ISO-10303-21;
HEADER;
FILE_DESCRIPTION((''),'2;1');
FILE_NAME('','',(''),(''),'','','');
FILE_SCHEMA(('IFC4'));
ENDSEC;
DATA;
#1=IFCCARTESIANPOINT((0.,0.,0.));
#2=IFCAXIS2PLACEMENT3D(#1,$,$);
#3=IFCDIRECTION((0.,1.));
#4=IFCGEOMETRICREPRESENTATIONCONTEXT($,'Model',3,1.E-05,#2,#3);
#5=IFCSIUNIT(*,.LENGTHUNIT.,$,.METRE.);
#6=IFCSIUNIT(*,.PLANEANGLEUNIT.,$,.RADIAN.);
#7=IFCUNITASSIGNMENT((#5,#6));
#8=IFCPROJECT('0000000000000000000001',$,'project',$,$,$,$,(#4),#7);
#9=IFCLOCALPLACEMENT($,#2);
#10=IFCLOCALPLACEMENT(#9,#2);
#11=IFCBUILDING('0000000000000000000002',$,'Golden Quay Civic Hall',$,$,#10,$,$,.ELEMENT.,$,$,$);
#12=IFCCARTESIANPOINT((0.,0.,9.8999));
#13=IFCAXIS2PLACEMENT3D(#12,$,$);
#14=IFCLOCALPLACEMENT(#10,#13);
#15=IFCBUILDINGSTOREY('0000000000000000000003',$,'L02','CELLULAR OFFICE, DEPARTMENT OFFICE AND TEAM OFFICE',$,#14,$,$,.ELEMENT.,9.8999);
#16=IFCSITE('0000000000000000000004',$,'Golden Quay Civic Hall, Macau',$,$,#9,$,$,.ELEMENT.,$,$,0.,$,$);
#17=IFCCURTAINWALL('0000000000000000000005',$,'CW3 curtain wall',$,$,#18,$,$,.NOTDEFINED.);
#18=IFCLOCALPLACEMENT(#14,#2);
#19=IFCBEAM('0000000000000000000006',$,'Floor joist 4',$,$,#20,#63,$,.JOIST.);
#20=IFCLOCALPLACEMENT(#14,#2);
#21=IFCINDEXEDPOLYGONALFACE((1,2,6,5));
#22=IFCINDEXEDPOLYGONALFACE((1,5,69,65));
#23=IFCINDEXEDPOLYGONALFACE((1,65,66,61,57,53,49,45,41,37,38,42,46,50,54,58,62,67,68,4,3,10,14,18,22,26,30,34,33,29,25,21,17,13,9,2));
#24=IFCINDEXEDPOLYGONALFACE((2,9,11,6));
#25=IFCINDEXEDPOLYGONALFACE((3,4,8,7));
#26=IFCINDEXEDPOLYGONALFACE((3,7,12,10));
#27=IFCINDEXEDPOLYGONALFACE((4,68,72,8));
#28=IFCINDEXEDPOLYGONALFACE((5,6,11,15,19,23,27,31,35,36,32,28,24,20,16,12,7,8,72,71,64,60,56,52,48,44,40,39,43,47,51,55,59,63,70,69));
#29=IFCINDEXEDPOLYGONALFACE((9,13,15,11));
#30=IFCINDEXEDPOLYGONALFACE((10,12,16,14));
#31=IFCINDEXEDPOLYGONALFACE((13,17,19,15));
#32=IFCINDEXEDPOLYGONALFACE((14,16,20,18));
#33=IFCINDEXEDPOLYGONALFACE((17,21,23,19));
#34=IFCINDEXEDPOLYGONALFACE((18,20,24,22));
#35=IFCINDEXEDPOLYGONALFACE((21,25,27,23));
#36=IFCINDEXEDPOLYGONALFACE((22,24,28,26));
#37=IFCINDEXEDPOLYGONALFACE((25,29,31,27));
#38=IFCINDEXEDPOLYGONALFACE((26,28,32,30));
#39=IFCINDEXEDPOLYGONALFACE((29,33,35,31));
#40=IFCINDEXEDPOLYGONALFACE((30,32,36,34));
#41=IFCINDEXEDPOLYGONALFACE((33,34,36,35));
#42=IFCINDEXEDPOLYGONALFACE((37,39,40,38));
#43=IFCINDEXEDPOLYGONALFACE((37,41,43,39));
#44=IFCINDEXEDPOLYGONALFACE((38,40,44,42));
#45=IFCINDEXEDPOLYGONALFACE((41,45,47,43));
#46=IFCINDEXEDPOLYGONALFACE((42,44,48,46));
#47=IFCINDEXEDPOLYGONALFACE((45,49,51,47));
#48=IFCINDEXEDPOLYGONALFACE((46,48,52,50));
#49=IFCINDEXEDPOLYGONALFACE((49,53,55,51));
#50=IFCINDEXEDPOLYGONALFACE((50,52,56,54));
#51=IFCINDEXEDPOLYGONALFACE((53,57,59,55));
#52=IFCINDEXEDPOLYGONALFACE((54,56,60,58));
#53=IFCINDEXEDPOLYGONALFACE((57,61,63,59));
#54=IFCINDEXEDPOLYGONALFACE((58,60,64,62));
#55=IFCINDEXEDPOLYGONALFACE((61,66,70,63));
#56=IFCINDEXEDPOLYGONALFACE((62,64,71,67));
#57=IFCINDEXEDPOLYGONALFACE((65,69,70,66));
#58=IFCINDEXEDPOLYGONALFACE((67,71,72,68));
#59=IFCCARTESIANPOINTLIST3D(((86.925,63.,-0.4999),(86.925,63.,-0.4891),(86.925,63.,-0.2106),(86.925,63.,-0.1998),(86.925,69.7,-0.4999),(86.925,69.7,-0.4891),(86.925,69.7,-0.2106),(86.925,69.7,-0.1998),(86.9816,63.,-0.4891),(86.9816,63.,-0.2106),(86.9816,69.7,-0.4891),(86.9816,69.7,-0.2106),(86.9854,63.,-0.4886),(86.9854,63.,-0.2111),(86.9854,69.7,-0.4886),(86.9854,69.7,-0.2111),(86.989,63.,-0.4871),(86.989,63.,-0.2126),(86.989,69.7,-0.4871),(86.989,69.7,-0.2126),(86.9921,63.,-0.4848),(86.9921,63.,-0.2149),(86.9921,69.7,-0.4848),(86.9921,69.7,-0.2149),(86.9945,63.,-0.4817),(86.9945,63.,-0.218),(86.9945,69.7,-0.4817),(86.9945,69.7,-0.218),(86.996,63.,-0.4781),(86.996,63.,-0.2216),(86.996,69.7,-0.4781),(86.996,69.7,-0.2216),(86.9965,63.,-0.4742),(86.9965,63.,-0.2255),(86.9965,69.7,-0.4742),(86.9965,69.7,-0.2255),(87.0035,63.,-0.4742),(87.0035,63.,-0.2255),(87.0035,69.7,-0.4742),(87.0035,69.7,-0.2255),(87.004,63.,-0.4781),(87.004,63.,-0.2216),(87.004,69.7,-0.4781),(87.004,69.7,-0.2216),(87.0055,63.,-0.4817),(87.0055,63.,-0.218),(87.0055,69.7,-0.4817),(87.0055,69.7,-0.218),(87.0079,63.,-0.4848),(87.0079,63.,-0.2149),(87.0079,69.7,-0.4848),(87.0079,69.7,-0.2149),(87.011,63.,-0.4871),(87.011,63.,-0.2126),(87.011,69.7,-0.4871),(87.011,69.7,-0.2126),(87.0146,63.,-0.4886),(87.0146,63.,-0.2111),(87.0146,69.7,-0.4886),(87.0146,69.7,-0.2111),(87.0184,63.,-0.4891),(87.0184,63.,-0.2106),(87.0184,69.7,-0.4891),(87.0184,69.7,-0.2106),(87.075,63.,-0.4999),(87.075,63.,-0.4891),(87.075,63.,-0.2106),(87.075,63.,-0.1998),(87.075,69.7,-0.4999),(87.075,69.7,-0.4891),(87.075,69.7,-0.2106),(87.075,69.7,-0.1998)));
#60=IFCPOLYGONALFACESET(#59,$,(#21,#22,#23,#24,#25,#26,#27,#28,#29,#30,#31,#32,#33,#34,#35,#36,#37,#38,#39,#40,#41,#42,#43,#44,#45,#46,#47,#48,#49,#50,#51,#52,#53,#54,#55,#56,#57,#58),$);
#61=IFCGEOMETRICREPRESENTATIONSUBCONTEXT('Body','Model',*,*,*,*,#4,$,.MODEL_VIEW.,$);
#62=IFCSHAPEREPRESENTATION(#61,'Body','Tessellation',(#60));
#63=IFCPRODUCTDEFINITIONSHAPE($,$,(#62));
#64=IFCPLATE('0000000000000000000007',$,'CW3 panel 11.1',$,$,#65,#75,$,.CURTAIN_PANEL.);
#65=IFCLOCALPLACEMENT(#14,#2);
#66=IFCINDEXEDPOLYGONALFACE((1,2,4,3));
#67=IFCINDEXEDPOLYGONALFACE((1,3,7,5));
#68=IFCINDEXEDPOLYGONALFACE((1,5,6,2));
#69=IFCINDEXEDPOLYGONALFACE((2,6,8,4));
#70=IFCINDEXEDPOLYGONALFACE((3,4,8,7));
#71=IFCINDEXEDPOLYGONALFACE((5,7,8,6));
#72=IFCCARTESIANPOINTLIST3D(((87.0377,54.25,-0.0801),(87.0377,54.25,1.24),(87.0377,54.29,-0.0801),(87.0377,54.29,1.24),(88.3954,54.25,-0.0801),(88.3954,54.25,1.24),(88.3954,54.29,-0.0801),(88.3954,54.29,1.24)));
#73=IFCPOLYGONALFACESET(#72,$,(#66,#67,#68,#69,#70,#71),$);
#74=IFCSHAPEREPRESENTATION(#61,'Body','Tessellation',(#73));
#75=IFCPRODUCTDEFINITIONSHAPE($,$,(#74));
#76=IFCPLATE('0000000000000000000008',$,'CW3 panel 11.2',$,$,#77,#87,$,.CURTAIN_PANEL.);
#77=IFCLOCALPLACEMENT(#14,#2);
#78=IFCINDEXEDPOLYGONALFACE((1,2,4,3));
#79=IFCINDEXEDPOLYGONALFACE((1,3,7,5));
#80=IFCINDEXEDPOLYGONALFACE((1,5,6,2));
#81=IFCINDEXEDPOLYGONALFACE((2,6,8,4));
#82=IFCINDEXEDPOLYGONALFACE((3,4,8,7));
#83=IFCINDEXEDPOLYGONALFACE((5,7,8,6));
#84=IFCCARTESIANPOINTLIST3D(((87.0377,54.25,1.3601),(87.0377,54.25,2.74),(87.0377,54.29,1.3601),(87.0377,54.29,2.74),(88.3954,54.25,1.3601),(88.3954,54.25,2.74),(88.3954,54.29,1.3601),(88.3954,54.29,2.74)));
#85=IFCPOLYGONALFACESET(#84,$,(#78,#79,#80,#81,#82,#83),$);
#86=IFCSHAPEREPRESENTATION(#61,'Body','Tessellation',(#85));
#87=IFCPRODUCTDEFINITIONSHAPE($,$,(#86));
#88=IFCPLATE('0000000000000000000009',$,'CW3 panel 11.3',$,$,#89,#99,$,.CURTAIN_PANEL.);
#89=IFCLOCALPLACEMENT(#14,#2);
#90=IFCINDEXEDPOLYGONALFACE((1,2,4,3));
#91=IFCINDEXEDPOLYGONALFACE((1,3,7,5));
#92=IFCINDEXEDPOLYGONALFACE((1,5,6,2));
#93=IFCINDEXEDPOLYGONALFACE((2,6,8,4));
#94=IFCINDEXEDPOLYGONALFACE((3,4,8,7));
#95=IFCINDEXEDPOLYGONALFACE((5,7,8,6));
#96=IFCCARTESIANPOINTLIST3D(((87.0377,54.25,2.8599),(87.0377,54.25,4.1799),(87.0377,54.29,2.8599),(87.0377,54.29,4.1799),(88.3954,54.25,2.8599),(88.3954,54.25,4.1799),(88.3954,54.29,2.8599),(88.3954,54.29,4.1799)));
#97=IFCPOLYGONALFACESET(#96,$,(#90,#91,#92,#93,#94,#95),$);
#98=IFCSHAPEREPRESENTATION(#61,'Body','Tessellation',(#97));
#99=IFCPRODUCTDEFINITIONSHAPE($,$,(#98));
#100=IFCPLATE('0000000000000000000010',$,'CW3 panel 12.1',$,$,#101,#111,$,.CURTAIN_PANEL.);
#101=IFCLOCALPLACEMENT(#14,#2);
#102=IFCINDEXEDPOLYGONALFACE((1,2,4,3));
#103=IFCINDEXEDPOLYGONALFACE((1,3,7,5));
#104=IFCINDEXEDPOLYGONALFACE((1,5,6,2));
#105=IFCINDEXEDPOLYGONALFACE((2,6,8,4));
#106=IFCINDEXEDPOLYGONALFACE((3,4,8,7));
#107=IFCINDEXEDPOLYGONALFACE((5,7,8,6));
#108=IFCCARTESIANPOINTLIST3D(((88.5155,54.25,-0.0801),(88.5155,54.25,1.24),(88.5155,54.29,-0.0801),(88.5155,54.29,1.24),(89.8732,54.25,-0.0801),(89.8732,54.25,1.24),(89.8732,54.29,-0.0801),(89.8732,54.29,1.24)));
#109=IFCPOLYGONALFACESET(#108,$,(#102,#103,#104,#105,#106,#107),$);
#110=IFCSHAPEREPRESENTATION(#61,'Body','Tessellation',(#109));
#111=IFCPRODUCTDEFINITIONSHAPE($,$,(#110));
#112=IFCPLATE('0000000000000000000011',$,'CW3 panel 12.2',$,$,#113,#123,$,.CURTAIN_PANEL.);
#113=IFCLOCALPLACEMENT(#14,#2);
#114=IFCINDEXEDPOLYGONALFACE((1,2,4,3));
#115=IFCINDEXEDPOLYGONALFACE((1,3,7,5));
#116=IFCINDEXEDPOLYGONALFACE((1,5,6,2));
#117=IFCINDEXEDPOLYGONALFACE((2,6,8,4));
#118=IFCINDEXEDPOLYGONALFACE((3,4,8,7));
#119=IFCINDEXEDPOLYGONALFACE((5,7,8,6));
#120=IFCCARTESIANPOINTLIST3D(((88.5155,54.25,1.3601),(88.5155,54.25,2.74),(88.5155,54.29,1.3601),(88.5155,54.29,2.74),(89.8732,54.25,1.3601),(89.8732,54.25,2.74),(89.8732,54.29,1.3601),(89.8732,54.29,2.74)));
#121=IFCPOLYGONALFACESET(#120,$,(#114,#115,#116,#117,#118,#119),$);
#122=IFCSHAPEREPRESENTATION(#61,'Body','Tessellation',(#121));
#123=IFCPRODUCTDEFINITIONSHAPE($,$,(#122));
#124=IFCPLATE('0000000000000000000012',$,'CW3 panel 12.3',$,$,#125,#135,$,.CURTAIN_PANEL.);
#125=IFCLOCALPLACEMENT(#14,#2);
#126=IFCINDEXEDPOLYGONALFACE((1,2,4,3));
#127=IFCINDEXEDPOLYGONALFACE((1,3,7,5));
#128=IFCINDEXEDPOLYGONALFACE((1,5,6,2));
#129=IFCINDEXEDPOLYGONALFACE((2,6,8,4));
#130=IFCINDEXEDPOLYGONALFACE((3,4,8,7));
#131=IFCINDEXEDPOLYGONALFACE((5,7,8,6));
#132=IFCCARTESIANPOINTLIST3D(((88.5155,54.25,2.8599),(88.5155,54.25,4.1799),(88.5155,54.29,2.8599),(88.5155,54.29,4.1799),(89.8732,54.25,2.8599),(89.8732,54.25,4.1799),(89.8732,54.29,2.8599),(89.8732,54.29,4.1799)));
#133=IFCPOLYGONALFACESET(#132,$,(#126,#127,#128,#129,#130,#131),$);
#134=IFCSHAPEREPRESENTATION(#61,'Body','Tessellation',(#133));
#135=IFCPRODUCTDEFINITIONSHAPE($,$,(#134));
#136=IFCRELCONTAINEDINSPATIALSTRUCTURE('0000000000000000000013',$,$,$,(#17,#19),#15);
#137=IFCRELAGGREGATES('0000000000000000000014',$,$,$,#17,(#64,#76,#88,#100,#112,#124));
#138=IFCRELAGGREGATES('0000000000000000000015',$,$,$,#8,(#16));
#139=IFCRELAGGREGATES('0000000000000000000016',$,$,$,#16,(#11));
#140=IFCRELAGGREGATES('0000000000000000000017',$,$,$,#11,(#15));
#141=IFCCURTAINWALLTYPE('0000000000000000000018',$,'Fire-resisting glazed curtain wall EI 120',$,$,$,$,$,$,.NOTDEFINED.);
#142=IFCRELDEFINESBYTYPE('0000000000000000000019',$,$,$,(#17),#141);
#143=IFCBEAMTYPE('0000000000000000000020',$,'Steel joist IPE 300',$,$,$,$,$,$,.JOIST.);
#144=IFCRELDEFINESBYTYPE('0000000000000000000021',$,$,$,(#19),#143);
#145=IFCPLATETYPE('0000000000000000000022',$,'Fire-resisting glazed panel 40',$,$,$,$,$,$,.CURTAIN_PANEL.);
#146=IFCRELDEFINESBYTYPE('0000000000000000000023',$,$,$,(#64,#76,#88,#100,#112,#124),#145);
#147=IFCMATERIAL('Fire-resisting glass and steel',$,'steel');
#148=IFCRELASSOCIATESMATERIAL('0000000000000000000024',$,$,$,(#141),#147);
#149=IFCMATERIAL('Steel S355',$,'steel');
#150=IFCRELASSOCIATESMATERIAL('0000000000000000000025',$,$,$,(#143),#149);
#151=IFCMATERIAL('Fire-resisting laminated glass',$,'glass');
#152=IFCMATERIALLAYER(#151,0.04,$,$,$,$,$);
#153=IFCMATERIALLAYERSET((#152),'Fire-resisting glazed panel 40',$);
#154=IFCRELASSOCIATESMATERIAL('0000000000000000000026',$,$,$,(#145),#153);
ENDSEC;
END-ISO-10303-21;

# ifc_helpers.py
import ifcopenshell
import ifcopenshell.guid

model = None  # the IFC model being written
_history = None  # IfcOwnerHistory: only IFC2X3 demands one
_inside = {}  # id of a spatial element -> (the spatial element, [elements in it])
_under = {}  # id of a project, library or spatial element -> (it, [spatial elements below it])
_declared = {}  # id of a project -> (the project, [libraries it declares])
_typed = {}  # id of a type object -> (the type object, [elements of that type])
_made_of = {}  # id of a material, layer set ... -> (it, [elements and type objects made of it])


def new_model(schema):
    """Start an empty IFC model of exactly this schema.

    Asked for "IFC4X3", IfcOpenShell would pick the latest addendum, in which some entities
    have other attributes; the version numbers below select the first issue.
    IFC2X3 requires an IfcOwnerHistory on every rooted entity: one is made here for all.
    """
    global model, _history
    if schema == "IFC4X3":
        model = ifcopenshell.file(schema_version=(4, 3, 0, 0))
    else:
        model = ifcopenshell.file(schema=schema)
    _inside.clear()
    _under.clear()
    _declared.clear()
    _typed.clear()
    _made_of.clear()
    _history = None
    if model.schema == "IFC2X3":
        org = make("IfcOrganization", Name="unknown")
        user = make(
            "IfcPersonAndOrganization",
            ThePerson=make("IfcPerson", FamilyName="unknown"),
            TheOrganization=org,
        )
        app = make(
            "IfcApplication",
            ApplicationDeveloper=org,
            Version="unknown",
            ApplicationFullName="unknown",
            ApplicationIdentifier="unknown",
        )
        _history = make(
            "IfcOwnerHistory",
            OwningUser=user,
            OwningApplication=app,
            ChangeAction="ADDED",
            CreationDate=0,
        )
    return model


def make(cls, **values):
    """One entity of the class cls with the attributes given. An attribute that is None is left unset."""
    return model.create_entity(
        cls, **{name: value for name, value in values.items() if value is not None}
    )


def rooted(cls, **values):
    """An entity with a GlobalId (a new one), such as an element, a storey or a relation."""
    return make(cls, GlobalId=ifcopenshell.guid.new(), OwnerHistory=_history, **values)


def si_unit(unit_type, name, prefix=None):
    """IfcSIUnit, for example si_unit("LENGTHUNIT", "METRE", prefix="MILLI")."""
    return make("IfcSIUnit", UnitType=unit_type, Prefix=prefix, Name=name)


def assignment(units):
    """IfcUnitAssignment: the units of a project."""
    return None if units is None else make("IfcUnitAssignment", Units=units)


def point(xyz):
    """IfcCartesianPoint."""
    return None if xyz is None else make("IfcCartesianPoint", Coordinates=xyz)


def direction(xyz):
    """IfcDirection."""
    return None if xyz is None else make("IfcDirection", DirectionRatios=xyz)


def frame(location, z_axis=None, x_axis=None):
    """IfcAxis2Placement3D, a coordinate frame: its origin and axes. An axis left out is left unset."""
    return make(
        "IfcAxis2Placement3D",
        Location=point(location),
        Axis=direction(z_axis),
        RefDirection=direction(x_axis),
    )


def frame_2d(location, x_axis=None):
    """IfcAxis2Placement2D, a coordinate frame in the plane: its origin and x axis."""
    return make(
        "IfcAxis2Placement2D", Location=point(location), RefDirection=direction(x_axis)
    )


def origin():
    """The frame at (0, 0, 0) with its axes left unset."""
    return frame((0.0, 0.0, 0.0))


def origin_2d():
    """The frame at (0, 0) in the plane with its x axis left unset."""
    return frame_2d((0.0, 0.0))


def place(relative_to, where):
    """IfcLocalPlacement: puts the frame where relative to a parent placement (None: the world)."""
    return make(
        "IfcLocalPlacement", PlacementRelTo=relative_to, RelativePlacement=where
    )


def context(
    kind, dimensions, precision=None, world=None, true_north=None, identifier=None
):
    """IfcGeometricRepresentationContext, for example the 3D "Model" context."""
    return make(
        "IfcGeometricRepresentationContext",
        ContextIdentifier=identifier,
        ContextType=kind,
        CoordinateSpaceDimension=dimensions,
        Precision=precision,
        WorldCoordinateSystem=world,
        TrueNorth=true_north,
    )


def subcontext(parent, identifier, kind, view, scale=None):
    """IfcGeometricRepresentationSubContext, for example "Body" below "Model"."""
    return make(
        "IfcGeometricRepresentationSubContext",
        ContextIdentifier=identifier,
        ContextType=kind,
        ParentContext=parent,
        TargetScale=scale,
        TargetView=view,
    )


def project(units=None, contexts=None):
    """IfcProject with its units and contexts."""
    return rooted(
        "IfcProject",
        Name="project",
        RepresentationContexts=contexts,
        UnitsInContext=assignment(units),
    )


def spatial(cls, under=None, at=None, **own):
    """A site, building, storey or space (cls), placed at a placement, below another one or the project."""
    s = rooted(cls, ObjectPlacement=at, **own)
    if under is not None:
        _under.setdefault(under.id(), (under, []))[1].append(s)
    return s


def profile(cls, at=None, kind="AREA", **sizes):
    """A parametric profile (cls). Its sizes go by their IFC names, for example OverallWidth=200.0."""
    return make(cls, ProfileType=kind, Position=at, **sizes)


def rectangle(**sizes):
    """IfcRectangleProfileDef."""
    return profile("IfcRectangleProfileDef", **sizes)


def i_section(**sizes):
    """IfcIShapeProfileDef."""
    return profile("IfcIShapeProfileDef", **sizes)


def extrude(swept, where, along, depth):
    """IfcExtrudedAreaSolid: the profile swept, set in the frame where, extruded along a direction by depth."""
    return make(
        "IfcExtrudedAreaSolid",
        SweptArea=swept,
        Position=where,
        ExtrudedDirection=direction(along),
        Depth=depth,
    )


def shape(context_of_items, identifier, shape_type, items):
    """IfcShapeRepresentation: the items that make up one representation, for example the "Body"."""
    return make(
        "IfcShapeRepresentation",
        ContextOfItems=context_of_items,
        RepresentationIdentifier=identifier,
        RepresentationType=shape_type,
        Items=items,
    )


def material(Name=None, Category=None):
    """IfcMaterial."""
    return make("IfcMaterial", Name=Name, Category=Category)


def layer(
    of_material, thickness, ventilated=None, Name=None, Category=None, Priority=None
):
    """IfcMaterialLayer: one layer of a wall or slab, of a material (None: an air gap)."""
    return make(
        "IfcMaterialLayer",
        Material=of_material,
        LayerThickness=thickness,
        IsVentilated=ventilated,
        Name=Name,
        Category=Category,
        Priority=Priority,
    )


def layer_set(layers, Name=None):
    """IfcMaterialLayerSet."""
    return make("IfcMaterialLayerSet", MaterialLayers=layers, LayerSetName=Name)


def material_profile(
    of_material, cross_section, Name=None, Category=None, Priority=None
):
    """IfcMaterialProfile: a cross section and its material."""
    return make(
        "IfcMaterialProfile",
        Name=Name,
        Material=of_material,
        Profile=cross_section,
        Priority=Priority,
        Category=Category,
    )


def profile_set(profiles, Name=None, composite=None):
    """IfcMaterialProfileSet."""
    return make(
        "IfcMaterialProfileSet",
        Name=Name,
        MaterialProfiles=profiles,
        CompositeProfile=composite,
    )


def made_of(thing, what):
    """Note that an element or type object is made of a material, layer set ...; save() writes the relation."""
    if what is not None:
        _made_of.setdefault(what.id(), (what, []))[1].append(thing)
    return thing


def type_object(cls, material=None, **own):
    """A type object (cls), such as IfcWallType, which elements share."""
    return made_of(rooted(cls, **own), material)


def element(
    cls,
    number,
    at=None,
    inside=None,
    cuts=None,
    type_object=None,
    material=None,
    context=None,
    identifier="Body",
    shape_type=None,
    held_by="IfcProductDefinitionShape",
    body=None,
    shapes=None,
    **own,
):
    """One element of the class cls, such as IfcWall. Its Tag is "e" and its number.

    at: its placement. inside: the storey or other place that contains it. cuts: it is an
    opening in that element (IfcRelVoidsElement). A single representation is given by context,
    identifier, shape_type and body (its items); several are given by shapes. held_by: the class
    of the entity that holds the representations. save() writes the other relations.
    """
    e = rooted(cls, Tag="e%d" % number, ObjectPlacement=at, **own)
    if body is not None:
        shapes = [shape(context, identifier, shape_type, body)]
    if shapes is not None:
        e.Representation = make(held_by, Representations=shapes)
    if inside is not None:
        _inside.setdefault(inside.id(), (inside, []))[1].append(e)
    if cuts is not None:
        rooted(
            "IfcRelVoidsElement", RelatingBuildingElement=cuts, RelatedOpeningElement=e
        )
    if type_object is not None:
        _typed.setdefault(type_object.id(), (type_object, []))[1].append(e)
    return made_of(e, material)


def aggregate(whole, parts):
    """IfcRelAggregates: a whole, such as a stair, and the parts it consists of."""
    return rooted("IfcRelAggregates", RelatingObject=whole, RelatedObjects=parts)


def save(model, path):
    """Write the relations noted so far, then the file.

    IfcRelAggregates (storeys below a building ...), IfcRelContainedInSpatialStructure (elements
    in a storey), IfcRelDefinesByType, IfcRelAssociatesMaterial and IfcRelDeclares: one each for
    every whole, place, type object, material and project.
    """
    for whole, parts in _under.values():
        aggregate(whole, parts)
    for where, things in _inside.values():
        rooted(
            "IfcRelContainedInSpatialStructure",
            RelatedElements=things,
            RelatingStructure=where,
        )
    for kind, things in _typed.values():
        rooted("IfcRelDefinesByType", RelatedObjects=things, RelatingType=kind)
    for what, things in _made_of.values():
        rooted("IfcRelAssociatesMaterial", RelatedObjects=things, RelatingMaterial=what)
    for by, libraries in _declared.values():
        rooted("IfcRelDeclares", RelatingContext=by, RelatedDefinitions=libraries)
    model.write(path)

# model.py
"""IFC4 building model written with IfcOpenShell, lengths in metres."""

from ifc_helpers import new_model, si_unit, direction, frame, origin, origin_2d, place, context, subcontext, project, spatial, rectangle, i_section, extrude, material, layer, layer_set, material_profile, profile_set, type_object, element, aggregate, save


model = new_model("IFC4")

# Units and contexts
model_context = context("Model", 3, precision=1e-05, world=origin(), true_north=direction((0.0, 1.0)))
body_context = subcontext(model_context, "Body", "Model", "MODEL_VIEW")
ifc_project = project(units=[si_unit("LENGTHUNIT", "METRE"), si_unit("PLANEANGLEUNIT", "RADIAN")], contexts=[model_context])

# Site, building, storey
site_placement = place(None, origin())
site = spatial("IfcSite", under=ifc_project, at=site_placement, Name="Golden Quay Civic Hall, Macau", CompositionType="ELEMENT", RefElevation=0.0)
building_placement = place(site_placement, origin())
building = spatial("IfcBuilding", under=site, at=building_placement, Name="Golden Quay Civic Hall", CompositionType="ELEMENT")
storey_placement = place(building_placement, frame((0.0, 0.0, 9.8999)))
storey = spatial("IfcBuildingStorey", under=building, at=storey_placement, Name="L02", Description="CELLULAR OFFICE, DEPARTMENT OFFICE AND TEAM OFFICE", CompositionType="ELEMENT", Elevation=9.8999)

# Curtain wall
ifc_material_1 = material(Name="Fire-resisting glass and steel", Category="steel")
curtain_wall_type = type_object("IfcCurtainWallType", Name="Fire-resisting glazed curtain wall EI 120", PredefinedType="NOTDEFINED", material=ifc_material_1)
curtain_wall_placement = place(storey_placement, origin())
curtain_wall = element("IfcCurtainWall", 1, at=curtain_wall_placement, inside=storey, type_object=curtain_wall_type, Name="CW3 curtain wall", PredefinedType="NOTDEFINED")

# Beam
ifc_material_2 = material(Name="Steel S355", Category="steel")
ifc_material_profile_1 = material_profile(ifc_material_2, i_section(OverallWidth=0.1499, OverallDepth=0.3, WebThickness=0.0071, FlangeThickness=0.0107, FilletRadius=0.0149, at=origin_2d()), Name="IPE 300")
ifc_profile_set_1 = profile_set([ifc_material_profile_1], Name="Steel S355")
beam_type = type_object("IfcBeamType", Name="Steel joist IPE 300", PredefinedType="JOIST", material=ifc_profile_set_1)
for number, where, z_axis, x_axis, name in (
    (2, (87.0, 63.0, -0.3499), (0.0, 1.0, 0.0), (-1.0, 0.0, 0.0), "Floor joist 4"),
):
    element("IfcBeam", number, at=place(storey_placement, frame(where, z_axis=z_axis, x_axis=x_axis)), inside=storey, type_object=beam_type, Name=name, PredefinedType="JOIST", context=body_context, shape_type="SweptSolid", body=[
        extrude(i_section(OverallWidth=0.1499, OverallDepth=0.3, WebThickness=0.0071, FlangeThickness=0.0107, FilletRadius=0.0149, at=origin_2d()), origin(), (0.0, 0.0, 1.0), 6.7),
    ])

# Plates
ifc_material_3 = material(Name="Fire-resisting laminated glass", Category="glass")
ifc_layer = layer(ifc_material_3, 0.04)
ifc_layer_set = layer_set([ifc_layer], Name="Fire-resisting glazed panel 40")
plate_type = type_object("IfcPlateType", Name="Fire-resisting glazed panel 40", PredefinedType="CURTAIN_PANEL", material=ifc_layer_set)
plate_1_placement = place(storey_placement, frame((87.7166, 54.27, -0.0801), z_axis=(0.0, 0.0, 1.0), x_axis=(1.0, 0.0, 0.0)))
plate_1 = element("IfcPlate", 3, at=plate_1_placement, type_object=plate_type, Name="CW3 panel 11.1", PredefinedType="CURTAIN_PANEL", context=body_context, shape_type="SweptSolid", body=[
    extrude(rectangle(XDim=1.3577, YDim=0.04, at=origin_2d()), origin(), (0.0, 0.0, 1.0), 1.3201),
])
plate_2_placement = place(storey_placement, frame((87.7166, 54.27, 1.3601), z_axis=(0.0, 0.0, 1.0), x_axis=(1.0, 0.0, 0.0)))
plate_2 = element("IfcPlate", 4, at=plate_2_placement, type_object=plate_type, Name="CW3 panel 11.2", PredefinedType="CURTAIN_PANEL", context=body_context, shape_type="SweptSolid", body=[
    extrude(rectangle(XDim=1.3577, YDim=0.04, at=origin_2d()), origin(), (0.0, 0.0, 1.0), 1.3799),
])
plate_3_placement = place(storey_placement, frame((87.7166, 54.27, 2.8599), z_axis=(0.0, 0.0, 1.0), x_axis=(1.0, 0.0, 0.0)))
plate_3 = element("IfcPlate", 5, at=plate_3_placement, type_object=plate_type, Name="CW3 panel 11.3", PredefinedType="CURTAIN_PANEL", context=body_context, shape_type="SweptSolid", body=[
    extrude(rectangle(XDim=1.3577, YDim=0.04, at=origin_2d()), origin(), (0.0, 0.0, 1.0), 1.3201),
])
plate_4_placement = place(storey_placement, frame((89.1943, 54.27, -0.0801), z_axis=(0.0, 0.0, 1.0), x_axis=(1.0, 0.0, 0.0)))
plate_4 = element("IfcPlate", 6, at=plate_4_placement, type_object=plate_type, Name="CW3 panel 12.1", PredefinedType="CURTAIN_PANEL", context=body_context, shape_type="SweptSolid", body=[
    extrude(rectangle(XDim=1.3577, YDim=0.04, at=origin_2d()), origin(), (0.0, 0.0, 1.0), 1.3201),
])
plate_5_placement = place(storey_placement, frame((89.1943, 54.27, 1.3601), z_axis=(0.0, 0.0, 1.0), x_axis=(1.0, 0.0, 0.0)))
plate_5 = element("IfcPlate", 7, at=plate_5_placement, type_object=plate_type, Name="CW3 panel 12.2", PredefinedType="CURTAIN_PANEL", context=body_context, shape_type="SweptSolid", body=[
    extrude(rectangle(XDim=1.3577, YDim=0.04, at=origin_2d()), origin(), (0.0, 0.0, 1.0), 1.3799),
])
plate_6_placement = place(storey_placement, frame((89.1943, 54.27, 2.8599), z_axis=(0.0, 0.0, 1.0), x_axis=(1.0, 0.0, 0.0)))
plate_6 = element("IfcPlate", 8, at=plate_6_placement, type_object=plate_type, Name="CW3 panel 12.3", PredefinedType="CURTAIN_PANEL", context=body_context, shape_type="SweptSolid", body=[
    extrude(rectangle(XDim=1.3577, YDim=0.04, at=origin_2d()), origin(), (0.0, 0.0, 1.0), 1.3201),
])
aggregate(curtain_wall, [plate_1, plate_2, plate_3, plate_4, plate_5, plate_6])

save(model, "model.ifc")
